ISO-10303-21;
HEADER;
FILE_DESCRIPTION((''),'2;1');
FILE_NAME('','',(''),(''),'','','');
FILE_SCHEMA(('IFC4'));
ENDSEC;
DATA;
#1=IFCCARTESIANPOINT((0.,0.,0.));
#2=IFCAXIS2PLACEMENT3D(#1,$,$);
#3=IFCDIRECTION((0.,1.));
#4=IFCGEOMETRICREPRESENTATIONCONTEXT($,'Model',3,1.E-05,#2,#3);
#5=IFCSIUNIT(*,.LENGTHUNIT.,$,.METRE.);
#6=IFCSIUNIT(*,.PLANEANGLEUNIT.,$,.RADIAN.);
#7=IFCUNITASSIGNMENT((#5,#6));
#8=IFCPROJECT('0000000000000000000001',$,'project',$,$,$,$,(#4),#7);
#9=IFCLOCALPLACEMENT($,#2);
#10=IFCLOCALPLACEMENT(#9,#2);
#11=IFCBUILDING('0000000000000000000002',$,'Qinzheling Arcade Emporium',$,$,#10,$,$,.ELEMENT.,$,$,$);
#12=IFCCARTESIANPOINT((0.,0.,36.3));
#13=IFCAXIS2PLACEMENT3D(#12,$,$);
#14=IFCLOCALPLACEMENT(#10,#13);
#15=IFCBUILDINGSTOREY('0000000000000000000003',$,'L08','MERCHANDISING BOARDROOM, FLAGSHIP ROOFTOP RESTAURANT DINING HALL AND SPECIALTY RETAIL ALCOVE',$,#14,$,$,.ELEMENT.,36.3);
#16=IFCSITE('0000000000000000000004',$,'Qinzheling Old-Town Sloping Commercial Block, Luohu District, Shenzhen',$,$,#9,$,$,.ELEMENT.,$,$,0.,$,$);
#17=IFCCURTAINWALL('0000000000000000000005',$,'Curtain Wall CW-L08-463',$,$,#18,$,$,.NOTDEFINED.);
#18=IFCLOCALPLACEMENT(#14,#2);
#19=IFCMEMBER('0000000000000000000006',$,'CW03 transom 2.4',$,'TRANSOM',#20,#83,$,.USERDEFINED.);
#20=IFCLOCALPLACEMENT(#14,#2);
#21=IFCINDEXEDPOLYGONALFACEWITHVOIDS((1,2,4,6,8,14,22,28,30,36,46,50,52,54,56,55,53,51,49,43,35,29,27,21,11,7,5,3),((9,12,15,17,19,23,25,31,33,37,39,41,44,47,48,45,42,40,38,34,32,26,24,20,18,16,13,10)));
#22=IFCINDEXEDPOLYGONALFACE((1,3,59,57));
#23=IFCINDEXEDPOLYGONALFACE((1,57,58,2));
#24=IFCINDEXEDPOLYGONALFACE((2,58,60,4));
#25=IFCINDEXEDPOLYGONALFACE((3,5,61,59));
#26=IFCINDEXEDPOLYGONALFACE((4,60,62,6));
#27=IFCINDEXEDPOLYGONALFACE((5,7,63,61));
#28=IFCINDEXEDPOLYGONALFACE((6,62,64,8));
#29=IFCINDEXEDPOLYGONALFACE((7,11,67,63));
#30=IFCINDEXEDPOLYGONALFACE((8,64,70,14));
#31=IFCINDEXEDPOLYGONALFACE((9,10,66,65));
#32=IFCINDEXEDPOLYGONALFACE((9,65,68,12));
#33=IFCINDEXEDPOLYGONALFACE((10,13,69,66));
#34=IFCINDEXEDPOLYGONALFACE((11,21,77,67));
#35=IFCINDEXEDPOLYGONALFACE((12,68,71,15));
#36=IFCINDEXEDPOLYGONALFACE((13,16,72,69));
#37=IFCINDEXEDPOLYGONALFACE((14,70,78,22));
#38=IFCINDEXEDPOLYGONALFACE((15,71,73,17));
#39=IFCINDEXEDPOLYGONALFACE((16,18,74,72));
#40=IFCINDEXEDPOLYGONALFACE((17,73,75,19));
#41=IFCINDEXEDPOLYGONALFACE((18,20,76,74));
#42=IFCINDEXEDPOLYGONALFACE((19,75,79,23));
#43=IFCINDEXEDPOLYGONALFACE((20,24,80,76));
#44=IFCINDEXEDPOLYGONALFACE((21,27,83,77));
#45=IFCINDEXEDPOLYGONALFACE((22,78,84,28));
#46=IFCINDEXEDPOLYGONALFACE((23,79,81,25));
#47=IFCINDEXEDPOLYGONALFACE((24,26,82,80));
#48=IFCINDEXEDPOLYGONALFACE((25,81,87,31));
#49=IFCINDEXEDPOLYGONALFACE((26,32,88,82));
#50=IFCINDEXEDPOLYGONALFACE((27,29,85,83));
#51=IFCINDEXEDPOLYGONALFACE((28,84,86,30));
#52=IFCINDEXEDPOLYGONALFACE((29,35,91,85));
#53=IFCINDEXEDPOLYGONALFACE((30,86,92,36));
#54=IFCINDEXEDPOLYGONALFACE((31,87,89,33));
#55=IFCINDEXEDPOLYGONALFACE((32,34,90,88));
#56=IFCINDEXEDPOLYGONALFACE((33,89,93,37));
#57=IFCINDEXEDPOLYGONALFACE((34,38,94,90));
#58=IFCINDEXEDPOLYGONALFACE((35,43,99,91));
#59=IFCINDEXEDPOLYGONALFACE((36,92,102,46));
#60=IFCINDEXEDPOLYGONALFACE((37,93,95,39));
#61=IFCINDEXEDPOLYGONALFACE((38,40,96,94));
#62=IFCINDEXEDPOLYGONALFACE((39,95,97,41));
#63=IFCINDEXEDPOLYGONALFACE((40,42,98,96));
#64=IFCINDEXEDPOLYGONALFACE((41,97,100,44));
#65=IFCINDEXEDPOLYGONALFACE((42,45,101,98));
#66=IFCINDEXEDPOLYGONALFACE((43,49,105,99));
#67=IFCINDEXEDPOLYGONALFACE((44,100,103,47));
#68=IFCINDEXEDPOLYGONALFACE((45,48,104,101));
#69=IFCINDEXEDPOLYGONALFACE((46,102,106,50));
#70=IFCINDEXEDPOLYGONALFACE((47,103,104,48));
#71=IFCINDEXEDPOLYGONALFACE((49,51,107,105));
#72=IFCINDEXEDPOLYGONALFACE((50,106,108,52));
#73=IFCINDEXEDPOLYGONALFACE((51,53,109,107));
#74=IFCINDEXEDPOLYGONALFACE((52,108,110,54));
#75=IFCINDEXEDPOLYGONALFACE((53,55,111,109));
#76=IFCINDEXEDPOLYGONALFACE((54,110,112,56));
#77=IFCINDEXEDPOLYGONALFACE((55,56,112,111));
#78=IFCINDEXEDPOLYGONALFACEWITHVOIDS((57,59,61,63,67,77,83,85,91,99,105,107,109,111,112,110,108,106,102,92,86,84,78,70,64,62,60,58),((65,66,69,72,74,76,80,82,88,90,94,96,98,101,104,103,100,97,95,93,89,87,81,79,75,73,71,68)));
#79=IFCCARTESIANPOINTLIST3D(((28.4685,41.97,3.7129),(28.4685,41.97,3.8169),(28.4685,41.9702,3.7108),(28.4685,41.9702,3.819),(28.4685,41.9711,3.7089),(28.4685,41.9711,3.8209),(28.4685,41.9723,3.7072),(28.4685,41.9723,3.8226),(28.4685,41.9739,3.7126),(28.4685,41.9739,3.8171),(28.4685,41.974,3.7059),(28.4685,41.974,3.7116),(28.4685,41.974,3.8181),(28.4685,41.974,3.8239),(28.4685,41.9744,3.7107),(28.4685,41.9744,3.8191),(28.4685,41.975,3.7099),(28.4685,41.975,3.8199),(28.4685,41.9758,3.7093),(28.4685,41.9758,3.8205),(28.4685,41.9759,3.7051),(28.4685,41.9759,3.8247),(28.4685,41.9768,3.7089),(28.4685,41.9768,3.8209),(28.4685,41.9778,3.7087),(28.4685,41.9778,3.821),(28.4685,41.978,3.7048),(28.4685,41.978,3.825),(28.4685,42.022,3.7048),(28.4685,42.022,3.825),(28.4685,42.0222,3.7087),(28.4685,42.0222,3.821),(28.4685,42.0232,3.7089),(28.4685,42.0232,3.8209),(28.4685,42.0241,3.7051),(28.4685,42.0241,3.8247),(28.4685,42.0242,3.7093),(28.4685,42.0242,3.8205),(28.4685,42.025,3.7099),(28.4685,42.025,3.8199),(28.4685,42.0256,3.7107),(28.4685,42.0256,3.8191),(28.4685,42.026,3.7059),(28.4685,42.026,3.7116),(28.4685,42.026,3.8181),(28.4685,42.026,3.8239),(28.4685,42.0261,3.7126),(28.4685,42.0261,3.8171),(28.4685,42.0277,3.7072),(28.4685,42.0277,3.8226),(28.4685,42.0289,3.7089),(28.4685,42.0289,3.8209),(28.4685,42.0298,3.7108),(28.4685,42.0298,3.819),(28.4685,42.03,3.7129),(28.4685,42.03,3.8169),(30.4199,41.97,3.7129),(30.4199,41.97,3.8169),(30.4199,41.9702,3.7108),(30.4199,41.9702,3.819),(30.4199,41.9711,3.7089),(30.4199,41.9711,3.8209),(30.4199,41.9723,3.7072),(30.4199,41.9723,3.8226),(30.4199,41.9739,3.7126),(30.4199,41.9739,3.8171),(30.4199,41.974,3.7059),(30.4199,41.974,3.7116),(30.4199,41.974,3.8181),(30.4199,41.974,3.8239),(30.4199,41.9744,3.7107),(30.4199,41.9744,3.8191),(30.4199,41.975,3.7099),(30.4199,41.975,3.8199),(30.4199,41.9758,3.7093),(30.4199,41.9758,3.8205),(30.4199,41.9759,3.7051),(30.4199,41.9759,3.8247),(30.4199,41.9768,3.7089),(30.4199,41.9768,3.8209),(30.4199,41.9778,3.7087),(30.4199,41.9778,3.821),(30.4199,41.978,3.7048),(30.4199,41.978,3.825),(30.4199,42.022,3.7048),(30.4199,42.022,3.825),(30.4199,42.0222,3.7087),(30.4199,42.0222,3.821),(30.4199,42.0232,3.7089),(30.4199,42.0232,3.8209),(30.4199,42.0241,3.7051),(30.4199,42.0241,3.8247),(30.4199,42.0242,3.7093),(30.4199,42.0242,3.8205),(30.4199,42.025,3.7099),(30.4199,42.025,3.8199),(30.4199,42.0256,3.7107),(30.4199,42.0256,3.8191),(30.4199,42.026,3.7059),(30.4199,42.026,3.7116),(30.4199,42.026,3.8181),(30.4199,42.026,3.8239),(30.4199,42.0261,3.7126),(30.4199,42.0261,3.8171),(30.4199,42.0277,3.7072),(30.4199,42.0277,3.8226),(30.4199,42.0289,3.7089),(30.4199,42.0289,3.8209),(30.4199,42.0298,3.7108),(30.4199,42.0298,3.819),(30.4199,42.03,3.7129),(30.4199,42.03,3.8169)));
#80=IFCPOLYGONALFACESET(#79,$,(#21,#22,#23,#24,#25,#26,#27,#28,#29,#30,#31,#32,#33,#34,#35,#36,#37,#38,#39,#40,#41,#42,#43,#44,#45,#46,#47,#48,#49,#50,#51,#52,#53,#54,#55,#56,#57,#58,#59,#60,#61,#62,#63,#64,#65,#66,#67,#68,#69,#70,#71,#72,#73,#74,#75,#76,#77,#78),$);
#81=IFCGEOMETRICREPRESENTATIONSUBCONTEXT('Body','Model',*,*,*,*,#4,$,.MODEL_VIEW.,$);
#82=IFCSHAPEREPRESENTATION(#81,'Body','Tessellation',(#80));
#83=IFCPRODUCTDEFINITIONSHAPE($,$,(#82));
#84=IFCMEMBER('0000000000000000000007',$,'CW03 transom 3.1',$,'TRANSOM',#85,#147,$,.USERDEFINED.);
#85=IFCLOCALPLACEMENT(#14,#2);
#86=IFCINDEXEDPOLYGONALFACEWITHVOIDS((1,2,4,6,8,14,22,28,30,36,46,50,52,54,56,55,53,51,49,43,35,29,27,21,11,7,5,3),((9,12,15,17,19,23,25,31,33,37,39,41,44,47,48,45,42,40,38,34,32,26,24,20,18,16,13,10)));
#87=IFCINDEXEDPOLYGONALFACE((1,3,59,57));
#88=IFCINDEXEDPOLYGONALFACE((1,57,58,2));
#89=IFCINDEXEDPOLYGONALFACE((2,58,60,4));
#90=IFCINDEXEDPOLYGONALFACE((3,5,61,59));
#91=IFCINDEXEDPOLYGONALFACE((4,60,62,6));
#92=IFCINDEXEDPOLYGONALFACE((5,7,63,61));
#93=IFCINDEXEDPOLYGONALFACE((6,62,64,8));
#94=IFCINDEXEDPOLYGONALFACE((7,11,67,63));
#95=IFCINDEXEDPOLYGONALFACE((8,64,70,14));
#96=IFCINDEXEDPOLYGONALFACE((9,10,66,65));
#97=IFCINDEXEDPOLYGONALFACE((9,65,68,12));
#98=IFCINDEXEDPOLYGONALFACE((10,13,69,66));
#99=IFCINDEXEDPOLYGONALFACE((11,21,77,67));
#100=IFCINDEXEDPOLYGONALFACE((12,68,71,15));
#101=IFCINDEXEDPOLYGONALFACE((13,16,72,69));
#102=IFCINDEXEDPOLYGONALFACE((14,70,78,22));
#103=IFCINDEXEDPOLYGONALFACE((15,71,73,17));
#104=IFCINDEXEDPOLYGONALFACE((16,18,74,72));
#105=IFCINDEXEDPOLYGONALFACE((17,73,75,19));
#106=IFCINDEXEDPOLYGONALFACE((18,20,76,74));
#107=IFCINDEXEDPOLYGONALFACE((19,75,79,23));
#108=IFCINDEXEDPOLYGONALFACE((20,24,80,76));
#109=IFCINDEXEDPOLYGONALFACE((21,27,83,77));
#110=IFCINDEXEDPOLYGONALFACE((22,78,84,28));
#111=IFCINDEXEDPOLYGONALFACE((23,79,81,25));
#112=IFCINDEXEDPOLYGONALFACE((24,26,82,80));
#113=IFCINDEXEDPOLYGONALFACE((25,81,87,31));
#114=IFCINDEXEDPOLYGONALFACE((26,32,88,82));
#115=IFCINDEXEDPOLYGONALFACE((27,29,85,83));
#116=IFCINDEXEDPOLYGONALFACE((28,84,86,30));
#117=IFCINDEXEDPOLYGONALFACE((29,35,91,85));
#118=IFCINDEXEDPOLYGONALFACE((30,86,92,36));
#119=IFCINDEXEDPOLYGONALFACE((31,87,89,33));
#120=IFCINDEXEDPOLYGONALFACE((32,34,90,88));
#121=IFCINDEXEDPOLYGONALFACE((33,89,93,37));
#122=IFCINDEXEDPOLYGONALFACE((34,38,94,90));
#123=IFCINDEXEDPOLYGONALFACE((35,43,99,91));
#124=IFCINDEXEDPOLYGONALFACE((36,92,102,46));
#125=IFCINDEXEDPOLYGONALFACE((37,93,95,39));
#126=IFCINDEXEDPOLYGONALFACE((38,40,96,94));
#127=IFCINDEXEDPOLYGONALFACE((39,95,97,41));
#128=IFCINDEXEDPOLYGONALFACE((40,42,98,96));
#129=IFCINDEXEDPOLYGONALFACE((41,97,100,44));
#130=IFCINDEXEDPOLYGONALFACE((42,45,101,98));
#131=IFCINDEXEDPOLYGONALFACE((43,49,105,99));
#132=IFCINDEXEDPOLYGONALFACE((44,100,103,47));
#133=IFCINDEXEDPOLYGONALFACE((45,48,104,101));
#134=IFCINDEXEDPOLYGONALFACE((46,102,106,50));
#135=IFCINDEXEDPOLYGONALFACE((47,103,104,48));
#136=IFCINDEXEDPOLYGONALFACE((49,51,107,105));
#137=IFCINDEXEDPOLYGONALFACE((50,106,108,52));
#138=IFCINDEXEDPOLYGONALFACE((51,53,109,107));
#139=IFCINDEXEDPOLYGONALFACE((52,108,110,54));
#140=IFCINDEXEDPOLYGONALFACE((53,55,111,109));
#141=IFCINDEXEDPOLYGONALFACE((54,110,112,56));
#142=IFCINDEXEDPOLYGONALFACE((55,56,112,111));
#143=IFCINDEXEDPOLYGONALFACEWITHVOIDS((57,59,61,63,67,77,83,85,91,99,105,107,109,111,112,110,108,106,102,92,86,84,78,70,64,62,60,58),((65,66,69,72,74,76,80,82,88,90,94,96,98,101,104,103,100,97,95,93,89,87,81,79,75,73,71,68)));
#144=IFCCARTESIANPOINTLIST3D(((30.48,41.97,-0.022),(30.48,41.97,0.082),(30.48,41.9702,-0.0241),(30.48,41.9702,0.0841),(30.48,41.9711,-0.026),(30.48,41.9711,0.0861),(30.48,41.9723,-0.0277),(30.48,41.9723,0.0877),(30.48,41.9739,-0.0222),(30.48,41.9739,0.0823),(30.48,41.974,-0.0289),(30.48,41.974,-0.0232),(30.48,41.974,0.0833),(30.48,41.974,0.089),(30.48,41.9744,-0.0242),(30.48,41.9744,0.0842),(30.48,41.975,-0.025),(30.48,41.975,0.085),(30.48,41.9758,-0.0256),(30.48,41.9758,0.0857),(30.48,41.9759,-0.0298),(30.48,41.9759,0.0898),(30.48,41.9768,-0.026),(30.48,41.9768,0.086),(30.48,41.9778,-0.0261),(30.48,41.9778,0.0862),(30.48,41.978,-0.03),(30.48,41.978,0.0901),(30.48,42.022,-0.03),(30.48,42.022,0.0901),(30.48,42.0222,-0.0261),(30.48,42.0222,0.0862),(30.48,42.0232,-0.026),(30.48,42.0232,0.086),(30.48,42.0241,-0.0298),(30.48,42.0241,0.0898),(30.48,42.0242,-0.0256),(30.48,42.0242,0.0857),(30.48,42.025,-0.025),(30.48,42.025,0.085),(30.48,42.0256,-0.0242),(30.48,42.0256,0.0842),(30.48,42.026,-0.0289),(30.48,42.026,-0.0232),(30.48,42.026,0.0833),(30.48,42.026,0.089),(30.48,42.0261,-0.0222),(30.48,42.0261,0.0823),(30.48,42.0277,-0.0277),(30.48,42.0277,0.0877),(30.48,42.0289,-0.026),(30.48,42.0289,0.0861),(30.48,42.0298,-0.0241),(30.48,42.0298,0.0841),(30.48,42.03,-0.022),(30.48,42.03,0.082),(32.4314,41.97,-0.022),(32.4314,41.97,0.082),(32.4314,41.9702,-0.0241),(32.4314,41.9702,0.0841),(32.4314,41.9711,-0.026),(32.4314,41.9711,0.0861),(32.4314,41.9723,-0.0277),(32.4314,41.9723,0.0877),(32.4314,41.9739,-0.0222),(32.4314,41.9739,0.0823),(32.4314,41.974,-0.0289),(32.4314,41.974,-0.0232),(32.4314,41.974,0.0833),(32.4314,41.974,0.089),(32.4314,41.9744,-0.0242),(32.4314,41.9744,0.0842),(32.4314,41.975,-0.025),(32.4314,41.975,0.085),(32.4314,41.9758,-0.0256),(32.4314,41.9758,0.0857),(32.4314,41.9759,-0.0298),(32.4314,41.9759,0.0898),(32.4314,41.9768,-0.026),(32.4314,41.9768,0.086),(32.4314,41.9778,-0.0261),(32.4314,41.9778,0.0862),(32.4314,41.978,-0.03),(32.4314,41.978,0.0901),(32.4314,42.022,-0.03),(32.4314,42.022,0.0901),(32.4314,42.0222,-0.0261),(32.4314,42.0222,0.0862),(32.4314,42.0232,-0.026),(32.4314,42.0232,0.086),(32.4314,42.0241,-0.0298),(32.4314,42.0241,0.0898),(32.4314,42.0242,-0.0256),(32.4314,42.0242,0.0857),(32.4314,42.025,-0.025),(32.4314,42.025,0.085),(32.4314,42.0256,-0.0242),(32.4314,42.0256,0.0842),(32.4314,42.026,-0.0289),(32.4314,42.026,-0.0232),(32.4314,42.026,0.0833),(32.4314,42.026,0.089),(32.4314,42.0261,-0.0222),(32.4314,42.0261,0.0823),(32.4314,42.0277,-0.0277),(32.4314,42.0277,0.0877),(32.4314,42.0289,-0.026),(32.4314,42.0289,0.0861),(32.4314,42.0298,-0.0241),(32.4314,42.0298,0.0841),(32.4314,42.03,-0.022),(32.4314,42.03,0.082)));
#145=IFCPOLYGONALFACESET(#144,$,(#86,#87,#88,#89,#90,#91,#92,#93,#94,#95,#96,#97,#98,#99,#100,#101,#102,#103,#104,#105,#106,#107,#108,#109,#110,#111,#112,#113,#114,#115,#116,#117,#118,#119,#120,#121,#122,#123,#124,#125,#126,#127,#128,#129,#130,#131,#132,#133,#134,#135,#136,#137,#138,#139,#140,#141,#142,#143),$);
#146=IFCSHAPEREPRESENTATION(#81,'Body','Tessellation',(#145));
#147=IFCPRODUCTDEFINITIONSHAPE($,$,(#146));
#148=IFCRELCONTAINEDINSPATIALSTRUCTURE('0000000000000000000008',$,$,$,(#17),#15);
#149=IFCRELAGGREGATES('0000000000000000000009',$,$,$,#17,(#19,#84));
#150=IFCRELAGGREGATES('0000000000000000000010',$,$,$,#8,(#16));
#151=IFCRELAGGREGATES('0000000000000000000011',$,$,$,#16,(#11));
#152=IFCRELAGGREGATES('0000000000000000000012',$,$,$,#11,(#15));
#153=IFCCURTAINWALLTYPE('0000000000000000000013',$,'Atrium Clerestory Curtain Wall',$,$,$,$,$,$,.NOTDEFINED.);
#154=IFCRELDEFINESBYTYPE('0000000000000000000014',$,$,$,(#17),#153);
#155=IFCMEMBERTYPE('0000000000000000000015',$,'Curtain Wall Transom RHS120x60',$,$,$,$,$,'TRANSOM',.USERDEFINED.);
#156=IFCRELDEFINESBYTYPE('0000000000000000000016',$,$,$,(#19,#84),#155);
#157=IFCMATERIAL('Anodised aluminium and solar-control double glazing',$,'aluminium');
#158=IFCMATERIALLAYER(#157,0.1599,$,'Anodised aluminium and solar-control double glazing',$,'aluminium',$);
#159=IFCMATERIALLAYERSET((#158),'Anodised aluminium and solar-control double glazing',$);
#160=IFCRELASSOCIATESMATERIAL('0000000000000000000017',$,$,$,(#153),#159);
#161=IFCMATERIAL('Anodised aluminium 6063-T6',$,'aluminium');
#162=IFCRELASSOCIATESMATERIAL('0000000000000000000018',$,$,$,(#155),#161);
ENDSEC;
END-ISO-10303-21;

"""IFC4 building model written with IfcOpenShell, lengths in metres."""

from ifc_helpers import new_model, si_unit, direction, frame, origin, origin_2d, place, context, subcontext, project, spatial, hollow_rectangle, extrude, material, layer, layer_set, material_profile, profile_set, type_object, element, aggregate, save


model = new_model("IFC4")

# Units and contexts
model_context = context("Model", 3, precision=1e-05, world=origin(), true_north=direction((0.0, 1.0)))
body_context = subcontext(model_context, "Body", "Model", "MODEL_VIEW")
ifc_project = project(units=[si_unit("LENGTHUNIT", "METRE"), si_unit("PLANEANGLEUNIT", "RADIAN")], contexts=[model_context])

# Site, building, storey
site_placement = place(None, origin())
site = spatial("IfcSite", under=ifc_project, at=site_placement, Name="Qinzheling Old-Town Sloping Commercial Block, Luohu District, Shenzhen", CompositionType="ELEMENT", RefElevation=0.0)
building_placement = place(site_placement, origin())
building = spatial("IfcBuilding", under=site, at=building_placement, Name="Qinzheling Arcade Emporium", CompositionType="ELEMENT")
storey_placement = place(building_placement, frame((0.0, 0.0, 36.3)))
storey = spatial("IfcBuildingStorey", under=building, at=storey_placement, Name="L08", Description="MERCHANDISING BOARDROOM, FLAGSHIP ROOFTOP RESTAURANT DINING HALL AND SPECIALTY RETAIL ALCOVE", CompositionType="ELEMENT", Elevation=36.3)

# Curtain wall, members
ifc_material_1 = material(Name="Anodised aluminium and solar-control double glazing", Category="aluminium")
ifc_layer_1 = layer(ifc_material_1, 0.1599, Name="Anodised aluminium and solar-control double glazing", Category="aluminium")
ifc_layer_set_1 = layer_set([ifc_layer_1], Name="Anodised aluminium and solar-control double glazing")
curtain_wall_type = type_object("IfcCurtainWallType", Name="Atrium Clerestory Curtain Wall", PredefinedType="NOTDEFINED", material=ifc_layer_set_1)
curtain_wall_placement = place(storey_placement, origin())
curtain_wall = element("IfcCurtainWall", 1, at=curtain_wall_placement, inside=storey, type_object=curtain_wall_type, Name="Curtain Wall CW-L08-463", PredefinedType="NOTDEFINED")
ifc_material_2 = material(Name="Anodised aluminium 6063-T6", Category="aluminium")
ifc_material_profile_1 = material_profile(ifc_material_2, hollow_rectangle(XDim=0.0601, YDim=0.1201, WallThickness=0.0039, InnerFilletRadius=0.0039, OuterFilletRadius=0.0081, at=origin_2d()), Name="RHS 120x60x4", Category="aluminium")
ifc_profile_set_1 = profile_set([ifc_material_profile_1], Name="Anodised aluminium 6063-T6")
member_type_1 = type_object("IfcMemberType", Name="Curtain Wall Transom RHS120x60", ElementType="TRANSOM", PredefinedType="USERDEFINED", material=ifc_profile_set_1)
member_1_placement = place(storey_placement, frame((28.4685, 42.0, 3.7649), z_axis=(1.0, 0.0, 0.0), x_axis=(0.0, 1.0, 0.0)))
member_1 = element("IfcMember", 2, at=member_1_placement, type_object=member_type_1, Name="CW03 transom 2.4", ObjectType="TRANSOM", PredefinedType="USERDEFINED", context=body_context, shape_type="SweptSolid", body=[
    extrude(hollow_rectangle(XDim=0.0601, YDim=0.1201, WallThickness=0.0039, InnerFilletRadius=0.0039, OuterFilletRadius=0.0081, at=origin_2d()), origin(), (0.0, 0.0, 1.0), 1.9514),
])
member_2_placement = place(storey_placement, frame((30.48, 42.0, 0.03), z_axis=(1.0, 0.0, 0.0), x_axis=(0.0, 1.0, 0.0)))
member_2 = element("IfcMember", 3, at=member_2_placement, type_object=member_type_1, Name="CW03 transom 3.1", ObjectType="TRANSOM", PredefinedType="USERDEFINED", context=body_context, shape_type="SweptSolid", body=[
    extrude(hollow_rectangle(XDim=0.0601, YDim=0.1201, WallThickness=0.0039, InnerFilletRadius=0.0039, OuterFilletRadius=0.0081, at=origin_2d()), origin(), (0.0, 0.0, 1.0), 1.9514),
])

aggregate(curtain_wall, [member_1, member_2])

save(model, "model.ifc")
